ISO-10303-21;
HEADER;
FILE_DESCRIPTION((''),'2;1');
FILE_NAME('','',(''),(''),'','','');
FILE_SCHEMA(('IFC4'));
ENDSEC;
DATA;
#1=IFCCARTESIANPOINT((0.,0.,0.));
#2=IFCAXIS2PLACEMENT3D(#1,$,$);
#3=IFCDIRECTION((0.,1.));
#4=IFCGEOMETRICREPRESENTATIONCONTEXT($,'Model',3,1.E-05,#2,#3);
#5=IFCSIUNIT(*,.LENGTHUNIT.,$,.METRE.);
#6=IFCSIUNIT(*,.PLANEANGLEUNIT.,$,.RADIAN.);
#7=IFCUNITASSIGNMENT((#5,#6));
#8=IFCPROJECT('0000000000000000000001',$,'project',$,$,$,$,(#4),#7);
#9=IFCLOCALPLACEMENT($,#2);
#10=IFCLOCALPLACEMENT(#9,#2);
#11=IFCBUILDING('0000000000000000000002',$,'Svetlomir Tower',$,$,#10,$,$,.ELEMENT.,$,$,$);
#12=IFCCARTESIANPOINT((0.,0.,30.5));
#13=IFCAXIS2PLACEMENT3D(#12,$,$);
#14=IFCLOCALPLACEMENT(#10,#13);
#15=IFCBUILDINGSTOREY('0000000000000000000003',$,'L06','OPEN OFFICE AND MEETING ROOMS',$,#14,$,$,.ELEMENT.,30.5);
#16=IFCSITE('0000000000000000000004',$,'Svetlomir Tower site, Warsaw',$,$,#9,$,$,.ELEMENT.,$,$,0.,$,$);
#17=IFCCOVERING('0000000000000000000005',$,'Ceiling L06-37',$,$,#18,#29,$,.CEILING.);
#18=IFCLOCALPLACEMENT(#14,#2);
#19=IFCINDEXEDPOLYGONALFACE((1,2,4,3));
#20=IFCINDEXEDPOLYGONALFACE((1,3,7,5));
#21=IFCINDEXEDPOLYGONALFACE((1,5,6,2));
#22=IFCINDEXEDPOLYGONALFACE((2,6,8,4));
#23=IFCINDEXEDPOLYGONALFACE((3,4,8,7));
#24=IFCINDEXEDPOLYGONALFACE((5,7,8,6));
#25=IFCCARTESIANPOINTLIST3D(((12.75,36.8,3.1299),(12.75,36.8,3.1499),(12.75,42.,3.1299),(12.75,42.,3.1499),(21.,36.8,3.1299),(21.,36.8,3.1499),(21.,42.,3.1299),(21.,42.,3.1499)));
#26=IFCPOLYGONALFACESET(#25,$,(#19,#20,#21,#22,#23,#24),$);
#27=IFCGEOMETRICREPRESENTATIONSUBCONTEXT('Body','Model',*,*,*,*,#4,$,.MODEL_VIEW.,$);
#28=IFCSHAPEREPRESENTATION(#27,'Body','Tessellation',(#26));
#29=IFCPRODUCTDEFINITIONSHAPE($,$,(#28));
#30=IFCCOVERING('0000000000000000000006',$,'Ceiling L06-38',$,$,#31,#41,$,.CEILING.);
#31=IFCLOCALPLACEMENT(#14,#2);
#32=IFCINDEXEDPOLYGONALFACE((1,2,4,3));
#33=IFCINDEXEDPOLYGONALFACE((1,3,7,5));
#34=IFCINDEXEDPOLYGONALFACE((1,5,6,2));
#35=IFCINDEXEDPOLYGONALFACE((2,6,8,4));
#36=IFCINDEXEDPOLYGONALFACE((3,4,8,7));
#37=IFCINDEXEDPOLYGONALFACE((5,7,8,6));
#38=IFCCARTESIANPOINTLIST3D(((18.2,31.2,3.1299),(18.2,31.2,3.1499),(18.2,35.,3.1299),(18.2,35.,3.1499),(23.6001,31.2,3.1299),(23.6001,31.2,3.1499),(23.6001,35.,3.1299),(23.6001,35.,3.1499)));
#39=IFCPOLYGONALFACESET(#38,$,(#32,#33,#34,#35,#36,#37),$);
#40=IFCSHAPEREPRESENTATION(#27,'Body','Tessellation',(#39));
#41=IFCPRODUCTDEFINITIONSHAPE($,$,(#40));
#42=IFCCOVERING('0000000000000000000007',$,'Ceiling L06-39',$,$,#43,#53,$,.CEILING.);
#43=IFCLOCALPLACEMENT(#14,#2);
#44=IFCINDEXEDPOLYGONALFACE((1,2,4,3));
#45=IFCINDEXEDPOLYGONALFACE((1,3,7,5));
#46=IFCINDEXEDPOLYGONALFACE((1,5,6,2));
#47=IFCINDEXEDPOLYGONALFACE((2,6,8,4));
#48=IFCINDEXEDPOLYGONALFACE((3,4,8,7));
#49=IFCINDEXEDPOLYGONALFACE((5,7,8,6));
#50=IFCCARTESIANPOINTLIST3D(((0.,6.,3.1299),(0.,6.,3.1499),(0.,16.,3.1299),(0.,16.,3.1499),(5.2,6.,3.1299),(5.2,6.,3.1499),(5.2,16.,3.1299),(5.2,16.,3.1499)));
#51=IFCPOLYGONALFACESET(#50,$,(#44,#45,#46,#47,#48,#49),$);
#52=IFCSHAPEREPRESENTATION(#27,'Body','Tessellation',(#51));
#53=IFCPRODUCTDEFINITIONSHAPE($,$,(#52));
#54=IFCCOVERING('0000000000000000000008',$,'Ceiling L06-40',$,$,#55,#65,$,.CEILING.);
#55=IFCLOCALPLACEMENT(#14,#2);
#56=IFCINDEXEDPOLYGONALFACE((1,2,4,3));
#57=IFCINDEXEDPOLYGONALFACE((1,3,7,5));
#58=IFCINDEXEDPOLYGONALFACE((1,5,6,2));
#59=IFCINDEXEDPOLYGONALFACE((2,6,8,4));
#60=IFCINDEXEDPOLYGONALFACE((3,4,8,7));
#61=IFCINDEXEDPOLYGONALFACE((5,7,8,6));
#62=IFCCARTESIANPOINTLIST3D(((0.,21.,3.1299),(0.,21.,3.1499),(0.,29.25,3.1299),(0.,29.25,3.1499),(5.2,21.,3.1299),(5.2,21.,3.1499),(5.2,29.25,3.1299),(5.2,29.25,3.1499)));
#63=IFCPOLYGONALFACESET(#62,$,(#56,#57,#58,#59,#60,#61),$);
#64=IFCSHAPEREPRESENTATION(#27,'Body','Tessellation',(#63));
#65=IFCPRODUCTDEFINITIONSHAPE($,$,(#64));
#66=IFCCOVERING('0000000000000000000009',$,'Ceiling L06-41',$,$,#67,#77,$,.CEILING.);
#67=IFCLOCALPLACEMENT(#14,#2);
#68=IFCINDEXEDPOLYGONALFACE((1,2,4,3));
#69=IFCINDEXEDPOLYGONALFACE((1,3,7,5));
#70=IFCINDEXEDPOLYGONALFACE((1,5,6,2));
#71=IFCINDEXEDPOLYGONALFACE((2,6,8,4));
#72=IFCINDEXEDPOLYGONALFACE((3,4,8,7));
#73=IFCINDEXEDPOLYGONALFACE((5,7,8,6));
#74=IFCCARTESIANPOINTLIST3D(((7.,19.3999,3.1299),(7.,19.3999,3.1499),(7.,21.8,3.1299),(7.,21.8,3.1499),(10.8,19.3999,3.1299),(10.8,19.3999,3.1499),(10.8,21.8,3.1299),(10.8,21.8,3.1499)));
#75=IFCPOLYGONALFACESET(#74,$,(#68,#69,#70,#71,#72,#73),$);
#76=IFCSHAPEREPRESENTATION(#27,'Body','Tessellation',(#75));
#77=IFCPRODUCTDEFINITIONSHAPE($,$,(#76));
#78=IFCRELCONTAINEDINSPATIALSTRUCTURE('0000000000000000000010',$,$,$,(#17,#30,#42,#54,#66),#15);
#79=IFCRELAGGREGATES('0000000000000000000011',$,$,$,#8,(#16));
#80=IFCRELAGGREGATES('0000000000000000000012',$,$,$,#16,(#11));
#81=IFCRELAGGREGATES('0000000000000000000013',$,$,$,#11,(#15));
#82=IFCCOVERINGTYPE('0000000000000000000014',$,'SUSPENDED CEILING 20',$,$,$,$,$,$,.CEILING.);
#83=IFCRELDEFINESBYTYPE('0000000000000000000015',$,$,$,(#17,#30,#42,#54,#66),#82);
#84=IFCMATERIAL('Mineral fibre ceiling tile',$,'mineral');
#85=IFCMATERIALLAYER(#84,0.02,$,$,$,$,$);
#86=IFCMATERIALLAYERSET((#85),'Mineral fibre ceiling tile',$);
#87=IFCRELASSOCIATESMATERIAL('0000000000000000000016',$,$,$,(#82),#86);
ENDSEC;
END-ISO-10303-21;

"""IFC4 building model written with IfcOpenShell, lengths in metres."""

from ifc_helpers import new_model, si_unit, direction, frame, origin, place, context, subcontext, project, spatial, polyline, outline, extrude, material, layer, layer_set, type_object, element, save


model = new_model("IFC4")

# Units and contexts
model_context = context("Model", 3, precision=1e-05, world=origin(), true_north=direction((0.0, 1.0)))
body_context = subcontext(model_context, "Body", "Model", "MODEL_VIEW")
ifc_project = project(units=[si_unit("LENGTHUNIT", "METRE"), si_unit("PLANEANGLEUNIT", "RADIAN")], contexts=[model_context])

# Site, building, storey
site_placement = place(None, origin())
site = spatial("IfcSite", under=ifc_project, at=site_placement, Name="Svetlomir Tower site, Warsaw", CompositionType="ELEMENT", RefElevation=0.0)
building_placement = place(site_placement, origin())
building = spatial("IfcBuilding", under=site, at=building_placement, Name="Svetlomir Tower", CompositionType="ELEMENT")
storey_placement = place(building_placement, frame((0.0, 0.0, 30.5)))
storey = spatial("IfcBuildingStorey", under=building, at=storey_placement, Name="L06", Description="OPEN OFFICE AND MEETING ROOMS", CompositionType="ELEMENT", Elevation=30.5)

# Coverings
ifc_material_1 = material(Name="Mineral fibre ceiling tile", Category="mineral")
ifc_layer_1 = layer(ifc_material_1, 0.02)
ifc_layer_set_1 = layer_set([ifc_layer_1], Name="Mineral fibre ceiling tile")
covering_type_1 = type_object("IfcCoveringType", Name="SUSPENDED CEILING 20", PredefinedType="CEILING", material=ifc_layer_set_1)
covering_1_placement = place(storey_placement, frame((0.0, 0.0, 3.1299)))
element("IfcCovering", 1, at=covering_1_placement, inside=storey, type_object=covering_type_1, Name="Ceiling L06-37", PredefinedType="CEILING", context=body_context, shape_type="SweptSolid", body=[
    extrude(outline(polyline([(21.0, 42.0), (21.0, 36.8), (12.75, 36.8), (12.75, 42.0), (21.0, 42.0)])), origin(), (0.0, 0.0, 1.0), 0.02),
])
covering_2_placement = place(storey_placement, frame((0.0, 0.0, 3.1299)))
element("IfcCovering", 2, at=covering_2_placement, inside=storey, type_object=covering_type_1, Name="Ceiling L06-38", PredefinedType="CEILING", context=body_context, shape_type="SweptSolid", body=[
    extrude(outline(polyline([(18.2, 31.2), (18.2, 35.0), (23.6001, 35.0), (23.6001, 31.2), (18.2, 31.2)])), origin(), (0.0, 0.0, 1.0), 0.02),
])
covering_3_placement = place(storey_placement, frame((0.0, 0.0, 3.1299)))
element("IfcCovering", 3, at=covering_3_placement, inside=storey, type_object=covering_type_1, Name="Ceiling L06-39", PredefinedType="CEILING", context=body_context, shape_type="SweptSolid", body=[
    extrude(outline(polyline([(0.0, 16.0), (5.2, 16.0), (5.2, 6.0), (0.0, 6.0), (0.0, 16.0)])), origin(), (0.0, 0.0, 1.0), 0.02),
])
covering_4_placement = place(storey_placement, frame((0.0, 0.0, 3.1299)))
element("IfcCovering", 4, at=covering_4_placement, inside=storey, type_object=covering_type_1, Name="Ceiling L06-40", PredefinedType="CEILING", context=body_context, shape_type="SweptSolid", body=[
    extrude(outline(polyline([(0.0, 29.25), (5.2, 29.25), (5.2, 21.0), (0.0, 21.0), (0.0, 29.25)])), origin(), (0.0, 0.0, 1.0), 0.02),
])
covering_5_placement = place(storey_placement, frame((0.0, 0.0, 3.1299)))
element("IfcCovering", 5, at=covering_5_placement, inside=storey, type_object=covering_type_1, Name="Ceiling L06-41", PredefinedType="CEILING", context=body_context, shape_type="SweptSolid", body=[
    extrude(outline(polyline([(7.0, 19.3999), (7.0, 21.8), (10.8, 21.8), (10.8, 19.3999), (7.0, 19.3999)])), origin(), (0.0, 0.0, 1.0), 0.02),
])

save(model, "model.ifc")
